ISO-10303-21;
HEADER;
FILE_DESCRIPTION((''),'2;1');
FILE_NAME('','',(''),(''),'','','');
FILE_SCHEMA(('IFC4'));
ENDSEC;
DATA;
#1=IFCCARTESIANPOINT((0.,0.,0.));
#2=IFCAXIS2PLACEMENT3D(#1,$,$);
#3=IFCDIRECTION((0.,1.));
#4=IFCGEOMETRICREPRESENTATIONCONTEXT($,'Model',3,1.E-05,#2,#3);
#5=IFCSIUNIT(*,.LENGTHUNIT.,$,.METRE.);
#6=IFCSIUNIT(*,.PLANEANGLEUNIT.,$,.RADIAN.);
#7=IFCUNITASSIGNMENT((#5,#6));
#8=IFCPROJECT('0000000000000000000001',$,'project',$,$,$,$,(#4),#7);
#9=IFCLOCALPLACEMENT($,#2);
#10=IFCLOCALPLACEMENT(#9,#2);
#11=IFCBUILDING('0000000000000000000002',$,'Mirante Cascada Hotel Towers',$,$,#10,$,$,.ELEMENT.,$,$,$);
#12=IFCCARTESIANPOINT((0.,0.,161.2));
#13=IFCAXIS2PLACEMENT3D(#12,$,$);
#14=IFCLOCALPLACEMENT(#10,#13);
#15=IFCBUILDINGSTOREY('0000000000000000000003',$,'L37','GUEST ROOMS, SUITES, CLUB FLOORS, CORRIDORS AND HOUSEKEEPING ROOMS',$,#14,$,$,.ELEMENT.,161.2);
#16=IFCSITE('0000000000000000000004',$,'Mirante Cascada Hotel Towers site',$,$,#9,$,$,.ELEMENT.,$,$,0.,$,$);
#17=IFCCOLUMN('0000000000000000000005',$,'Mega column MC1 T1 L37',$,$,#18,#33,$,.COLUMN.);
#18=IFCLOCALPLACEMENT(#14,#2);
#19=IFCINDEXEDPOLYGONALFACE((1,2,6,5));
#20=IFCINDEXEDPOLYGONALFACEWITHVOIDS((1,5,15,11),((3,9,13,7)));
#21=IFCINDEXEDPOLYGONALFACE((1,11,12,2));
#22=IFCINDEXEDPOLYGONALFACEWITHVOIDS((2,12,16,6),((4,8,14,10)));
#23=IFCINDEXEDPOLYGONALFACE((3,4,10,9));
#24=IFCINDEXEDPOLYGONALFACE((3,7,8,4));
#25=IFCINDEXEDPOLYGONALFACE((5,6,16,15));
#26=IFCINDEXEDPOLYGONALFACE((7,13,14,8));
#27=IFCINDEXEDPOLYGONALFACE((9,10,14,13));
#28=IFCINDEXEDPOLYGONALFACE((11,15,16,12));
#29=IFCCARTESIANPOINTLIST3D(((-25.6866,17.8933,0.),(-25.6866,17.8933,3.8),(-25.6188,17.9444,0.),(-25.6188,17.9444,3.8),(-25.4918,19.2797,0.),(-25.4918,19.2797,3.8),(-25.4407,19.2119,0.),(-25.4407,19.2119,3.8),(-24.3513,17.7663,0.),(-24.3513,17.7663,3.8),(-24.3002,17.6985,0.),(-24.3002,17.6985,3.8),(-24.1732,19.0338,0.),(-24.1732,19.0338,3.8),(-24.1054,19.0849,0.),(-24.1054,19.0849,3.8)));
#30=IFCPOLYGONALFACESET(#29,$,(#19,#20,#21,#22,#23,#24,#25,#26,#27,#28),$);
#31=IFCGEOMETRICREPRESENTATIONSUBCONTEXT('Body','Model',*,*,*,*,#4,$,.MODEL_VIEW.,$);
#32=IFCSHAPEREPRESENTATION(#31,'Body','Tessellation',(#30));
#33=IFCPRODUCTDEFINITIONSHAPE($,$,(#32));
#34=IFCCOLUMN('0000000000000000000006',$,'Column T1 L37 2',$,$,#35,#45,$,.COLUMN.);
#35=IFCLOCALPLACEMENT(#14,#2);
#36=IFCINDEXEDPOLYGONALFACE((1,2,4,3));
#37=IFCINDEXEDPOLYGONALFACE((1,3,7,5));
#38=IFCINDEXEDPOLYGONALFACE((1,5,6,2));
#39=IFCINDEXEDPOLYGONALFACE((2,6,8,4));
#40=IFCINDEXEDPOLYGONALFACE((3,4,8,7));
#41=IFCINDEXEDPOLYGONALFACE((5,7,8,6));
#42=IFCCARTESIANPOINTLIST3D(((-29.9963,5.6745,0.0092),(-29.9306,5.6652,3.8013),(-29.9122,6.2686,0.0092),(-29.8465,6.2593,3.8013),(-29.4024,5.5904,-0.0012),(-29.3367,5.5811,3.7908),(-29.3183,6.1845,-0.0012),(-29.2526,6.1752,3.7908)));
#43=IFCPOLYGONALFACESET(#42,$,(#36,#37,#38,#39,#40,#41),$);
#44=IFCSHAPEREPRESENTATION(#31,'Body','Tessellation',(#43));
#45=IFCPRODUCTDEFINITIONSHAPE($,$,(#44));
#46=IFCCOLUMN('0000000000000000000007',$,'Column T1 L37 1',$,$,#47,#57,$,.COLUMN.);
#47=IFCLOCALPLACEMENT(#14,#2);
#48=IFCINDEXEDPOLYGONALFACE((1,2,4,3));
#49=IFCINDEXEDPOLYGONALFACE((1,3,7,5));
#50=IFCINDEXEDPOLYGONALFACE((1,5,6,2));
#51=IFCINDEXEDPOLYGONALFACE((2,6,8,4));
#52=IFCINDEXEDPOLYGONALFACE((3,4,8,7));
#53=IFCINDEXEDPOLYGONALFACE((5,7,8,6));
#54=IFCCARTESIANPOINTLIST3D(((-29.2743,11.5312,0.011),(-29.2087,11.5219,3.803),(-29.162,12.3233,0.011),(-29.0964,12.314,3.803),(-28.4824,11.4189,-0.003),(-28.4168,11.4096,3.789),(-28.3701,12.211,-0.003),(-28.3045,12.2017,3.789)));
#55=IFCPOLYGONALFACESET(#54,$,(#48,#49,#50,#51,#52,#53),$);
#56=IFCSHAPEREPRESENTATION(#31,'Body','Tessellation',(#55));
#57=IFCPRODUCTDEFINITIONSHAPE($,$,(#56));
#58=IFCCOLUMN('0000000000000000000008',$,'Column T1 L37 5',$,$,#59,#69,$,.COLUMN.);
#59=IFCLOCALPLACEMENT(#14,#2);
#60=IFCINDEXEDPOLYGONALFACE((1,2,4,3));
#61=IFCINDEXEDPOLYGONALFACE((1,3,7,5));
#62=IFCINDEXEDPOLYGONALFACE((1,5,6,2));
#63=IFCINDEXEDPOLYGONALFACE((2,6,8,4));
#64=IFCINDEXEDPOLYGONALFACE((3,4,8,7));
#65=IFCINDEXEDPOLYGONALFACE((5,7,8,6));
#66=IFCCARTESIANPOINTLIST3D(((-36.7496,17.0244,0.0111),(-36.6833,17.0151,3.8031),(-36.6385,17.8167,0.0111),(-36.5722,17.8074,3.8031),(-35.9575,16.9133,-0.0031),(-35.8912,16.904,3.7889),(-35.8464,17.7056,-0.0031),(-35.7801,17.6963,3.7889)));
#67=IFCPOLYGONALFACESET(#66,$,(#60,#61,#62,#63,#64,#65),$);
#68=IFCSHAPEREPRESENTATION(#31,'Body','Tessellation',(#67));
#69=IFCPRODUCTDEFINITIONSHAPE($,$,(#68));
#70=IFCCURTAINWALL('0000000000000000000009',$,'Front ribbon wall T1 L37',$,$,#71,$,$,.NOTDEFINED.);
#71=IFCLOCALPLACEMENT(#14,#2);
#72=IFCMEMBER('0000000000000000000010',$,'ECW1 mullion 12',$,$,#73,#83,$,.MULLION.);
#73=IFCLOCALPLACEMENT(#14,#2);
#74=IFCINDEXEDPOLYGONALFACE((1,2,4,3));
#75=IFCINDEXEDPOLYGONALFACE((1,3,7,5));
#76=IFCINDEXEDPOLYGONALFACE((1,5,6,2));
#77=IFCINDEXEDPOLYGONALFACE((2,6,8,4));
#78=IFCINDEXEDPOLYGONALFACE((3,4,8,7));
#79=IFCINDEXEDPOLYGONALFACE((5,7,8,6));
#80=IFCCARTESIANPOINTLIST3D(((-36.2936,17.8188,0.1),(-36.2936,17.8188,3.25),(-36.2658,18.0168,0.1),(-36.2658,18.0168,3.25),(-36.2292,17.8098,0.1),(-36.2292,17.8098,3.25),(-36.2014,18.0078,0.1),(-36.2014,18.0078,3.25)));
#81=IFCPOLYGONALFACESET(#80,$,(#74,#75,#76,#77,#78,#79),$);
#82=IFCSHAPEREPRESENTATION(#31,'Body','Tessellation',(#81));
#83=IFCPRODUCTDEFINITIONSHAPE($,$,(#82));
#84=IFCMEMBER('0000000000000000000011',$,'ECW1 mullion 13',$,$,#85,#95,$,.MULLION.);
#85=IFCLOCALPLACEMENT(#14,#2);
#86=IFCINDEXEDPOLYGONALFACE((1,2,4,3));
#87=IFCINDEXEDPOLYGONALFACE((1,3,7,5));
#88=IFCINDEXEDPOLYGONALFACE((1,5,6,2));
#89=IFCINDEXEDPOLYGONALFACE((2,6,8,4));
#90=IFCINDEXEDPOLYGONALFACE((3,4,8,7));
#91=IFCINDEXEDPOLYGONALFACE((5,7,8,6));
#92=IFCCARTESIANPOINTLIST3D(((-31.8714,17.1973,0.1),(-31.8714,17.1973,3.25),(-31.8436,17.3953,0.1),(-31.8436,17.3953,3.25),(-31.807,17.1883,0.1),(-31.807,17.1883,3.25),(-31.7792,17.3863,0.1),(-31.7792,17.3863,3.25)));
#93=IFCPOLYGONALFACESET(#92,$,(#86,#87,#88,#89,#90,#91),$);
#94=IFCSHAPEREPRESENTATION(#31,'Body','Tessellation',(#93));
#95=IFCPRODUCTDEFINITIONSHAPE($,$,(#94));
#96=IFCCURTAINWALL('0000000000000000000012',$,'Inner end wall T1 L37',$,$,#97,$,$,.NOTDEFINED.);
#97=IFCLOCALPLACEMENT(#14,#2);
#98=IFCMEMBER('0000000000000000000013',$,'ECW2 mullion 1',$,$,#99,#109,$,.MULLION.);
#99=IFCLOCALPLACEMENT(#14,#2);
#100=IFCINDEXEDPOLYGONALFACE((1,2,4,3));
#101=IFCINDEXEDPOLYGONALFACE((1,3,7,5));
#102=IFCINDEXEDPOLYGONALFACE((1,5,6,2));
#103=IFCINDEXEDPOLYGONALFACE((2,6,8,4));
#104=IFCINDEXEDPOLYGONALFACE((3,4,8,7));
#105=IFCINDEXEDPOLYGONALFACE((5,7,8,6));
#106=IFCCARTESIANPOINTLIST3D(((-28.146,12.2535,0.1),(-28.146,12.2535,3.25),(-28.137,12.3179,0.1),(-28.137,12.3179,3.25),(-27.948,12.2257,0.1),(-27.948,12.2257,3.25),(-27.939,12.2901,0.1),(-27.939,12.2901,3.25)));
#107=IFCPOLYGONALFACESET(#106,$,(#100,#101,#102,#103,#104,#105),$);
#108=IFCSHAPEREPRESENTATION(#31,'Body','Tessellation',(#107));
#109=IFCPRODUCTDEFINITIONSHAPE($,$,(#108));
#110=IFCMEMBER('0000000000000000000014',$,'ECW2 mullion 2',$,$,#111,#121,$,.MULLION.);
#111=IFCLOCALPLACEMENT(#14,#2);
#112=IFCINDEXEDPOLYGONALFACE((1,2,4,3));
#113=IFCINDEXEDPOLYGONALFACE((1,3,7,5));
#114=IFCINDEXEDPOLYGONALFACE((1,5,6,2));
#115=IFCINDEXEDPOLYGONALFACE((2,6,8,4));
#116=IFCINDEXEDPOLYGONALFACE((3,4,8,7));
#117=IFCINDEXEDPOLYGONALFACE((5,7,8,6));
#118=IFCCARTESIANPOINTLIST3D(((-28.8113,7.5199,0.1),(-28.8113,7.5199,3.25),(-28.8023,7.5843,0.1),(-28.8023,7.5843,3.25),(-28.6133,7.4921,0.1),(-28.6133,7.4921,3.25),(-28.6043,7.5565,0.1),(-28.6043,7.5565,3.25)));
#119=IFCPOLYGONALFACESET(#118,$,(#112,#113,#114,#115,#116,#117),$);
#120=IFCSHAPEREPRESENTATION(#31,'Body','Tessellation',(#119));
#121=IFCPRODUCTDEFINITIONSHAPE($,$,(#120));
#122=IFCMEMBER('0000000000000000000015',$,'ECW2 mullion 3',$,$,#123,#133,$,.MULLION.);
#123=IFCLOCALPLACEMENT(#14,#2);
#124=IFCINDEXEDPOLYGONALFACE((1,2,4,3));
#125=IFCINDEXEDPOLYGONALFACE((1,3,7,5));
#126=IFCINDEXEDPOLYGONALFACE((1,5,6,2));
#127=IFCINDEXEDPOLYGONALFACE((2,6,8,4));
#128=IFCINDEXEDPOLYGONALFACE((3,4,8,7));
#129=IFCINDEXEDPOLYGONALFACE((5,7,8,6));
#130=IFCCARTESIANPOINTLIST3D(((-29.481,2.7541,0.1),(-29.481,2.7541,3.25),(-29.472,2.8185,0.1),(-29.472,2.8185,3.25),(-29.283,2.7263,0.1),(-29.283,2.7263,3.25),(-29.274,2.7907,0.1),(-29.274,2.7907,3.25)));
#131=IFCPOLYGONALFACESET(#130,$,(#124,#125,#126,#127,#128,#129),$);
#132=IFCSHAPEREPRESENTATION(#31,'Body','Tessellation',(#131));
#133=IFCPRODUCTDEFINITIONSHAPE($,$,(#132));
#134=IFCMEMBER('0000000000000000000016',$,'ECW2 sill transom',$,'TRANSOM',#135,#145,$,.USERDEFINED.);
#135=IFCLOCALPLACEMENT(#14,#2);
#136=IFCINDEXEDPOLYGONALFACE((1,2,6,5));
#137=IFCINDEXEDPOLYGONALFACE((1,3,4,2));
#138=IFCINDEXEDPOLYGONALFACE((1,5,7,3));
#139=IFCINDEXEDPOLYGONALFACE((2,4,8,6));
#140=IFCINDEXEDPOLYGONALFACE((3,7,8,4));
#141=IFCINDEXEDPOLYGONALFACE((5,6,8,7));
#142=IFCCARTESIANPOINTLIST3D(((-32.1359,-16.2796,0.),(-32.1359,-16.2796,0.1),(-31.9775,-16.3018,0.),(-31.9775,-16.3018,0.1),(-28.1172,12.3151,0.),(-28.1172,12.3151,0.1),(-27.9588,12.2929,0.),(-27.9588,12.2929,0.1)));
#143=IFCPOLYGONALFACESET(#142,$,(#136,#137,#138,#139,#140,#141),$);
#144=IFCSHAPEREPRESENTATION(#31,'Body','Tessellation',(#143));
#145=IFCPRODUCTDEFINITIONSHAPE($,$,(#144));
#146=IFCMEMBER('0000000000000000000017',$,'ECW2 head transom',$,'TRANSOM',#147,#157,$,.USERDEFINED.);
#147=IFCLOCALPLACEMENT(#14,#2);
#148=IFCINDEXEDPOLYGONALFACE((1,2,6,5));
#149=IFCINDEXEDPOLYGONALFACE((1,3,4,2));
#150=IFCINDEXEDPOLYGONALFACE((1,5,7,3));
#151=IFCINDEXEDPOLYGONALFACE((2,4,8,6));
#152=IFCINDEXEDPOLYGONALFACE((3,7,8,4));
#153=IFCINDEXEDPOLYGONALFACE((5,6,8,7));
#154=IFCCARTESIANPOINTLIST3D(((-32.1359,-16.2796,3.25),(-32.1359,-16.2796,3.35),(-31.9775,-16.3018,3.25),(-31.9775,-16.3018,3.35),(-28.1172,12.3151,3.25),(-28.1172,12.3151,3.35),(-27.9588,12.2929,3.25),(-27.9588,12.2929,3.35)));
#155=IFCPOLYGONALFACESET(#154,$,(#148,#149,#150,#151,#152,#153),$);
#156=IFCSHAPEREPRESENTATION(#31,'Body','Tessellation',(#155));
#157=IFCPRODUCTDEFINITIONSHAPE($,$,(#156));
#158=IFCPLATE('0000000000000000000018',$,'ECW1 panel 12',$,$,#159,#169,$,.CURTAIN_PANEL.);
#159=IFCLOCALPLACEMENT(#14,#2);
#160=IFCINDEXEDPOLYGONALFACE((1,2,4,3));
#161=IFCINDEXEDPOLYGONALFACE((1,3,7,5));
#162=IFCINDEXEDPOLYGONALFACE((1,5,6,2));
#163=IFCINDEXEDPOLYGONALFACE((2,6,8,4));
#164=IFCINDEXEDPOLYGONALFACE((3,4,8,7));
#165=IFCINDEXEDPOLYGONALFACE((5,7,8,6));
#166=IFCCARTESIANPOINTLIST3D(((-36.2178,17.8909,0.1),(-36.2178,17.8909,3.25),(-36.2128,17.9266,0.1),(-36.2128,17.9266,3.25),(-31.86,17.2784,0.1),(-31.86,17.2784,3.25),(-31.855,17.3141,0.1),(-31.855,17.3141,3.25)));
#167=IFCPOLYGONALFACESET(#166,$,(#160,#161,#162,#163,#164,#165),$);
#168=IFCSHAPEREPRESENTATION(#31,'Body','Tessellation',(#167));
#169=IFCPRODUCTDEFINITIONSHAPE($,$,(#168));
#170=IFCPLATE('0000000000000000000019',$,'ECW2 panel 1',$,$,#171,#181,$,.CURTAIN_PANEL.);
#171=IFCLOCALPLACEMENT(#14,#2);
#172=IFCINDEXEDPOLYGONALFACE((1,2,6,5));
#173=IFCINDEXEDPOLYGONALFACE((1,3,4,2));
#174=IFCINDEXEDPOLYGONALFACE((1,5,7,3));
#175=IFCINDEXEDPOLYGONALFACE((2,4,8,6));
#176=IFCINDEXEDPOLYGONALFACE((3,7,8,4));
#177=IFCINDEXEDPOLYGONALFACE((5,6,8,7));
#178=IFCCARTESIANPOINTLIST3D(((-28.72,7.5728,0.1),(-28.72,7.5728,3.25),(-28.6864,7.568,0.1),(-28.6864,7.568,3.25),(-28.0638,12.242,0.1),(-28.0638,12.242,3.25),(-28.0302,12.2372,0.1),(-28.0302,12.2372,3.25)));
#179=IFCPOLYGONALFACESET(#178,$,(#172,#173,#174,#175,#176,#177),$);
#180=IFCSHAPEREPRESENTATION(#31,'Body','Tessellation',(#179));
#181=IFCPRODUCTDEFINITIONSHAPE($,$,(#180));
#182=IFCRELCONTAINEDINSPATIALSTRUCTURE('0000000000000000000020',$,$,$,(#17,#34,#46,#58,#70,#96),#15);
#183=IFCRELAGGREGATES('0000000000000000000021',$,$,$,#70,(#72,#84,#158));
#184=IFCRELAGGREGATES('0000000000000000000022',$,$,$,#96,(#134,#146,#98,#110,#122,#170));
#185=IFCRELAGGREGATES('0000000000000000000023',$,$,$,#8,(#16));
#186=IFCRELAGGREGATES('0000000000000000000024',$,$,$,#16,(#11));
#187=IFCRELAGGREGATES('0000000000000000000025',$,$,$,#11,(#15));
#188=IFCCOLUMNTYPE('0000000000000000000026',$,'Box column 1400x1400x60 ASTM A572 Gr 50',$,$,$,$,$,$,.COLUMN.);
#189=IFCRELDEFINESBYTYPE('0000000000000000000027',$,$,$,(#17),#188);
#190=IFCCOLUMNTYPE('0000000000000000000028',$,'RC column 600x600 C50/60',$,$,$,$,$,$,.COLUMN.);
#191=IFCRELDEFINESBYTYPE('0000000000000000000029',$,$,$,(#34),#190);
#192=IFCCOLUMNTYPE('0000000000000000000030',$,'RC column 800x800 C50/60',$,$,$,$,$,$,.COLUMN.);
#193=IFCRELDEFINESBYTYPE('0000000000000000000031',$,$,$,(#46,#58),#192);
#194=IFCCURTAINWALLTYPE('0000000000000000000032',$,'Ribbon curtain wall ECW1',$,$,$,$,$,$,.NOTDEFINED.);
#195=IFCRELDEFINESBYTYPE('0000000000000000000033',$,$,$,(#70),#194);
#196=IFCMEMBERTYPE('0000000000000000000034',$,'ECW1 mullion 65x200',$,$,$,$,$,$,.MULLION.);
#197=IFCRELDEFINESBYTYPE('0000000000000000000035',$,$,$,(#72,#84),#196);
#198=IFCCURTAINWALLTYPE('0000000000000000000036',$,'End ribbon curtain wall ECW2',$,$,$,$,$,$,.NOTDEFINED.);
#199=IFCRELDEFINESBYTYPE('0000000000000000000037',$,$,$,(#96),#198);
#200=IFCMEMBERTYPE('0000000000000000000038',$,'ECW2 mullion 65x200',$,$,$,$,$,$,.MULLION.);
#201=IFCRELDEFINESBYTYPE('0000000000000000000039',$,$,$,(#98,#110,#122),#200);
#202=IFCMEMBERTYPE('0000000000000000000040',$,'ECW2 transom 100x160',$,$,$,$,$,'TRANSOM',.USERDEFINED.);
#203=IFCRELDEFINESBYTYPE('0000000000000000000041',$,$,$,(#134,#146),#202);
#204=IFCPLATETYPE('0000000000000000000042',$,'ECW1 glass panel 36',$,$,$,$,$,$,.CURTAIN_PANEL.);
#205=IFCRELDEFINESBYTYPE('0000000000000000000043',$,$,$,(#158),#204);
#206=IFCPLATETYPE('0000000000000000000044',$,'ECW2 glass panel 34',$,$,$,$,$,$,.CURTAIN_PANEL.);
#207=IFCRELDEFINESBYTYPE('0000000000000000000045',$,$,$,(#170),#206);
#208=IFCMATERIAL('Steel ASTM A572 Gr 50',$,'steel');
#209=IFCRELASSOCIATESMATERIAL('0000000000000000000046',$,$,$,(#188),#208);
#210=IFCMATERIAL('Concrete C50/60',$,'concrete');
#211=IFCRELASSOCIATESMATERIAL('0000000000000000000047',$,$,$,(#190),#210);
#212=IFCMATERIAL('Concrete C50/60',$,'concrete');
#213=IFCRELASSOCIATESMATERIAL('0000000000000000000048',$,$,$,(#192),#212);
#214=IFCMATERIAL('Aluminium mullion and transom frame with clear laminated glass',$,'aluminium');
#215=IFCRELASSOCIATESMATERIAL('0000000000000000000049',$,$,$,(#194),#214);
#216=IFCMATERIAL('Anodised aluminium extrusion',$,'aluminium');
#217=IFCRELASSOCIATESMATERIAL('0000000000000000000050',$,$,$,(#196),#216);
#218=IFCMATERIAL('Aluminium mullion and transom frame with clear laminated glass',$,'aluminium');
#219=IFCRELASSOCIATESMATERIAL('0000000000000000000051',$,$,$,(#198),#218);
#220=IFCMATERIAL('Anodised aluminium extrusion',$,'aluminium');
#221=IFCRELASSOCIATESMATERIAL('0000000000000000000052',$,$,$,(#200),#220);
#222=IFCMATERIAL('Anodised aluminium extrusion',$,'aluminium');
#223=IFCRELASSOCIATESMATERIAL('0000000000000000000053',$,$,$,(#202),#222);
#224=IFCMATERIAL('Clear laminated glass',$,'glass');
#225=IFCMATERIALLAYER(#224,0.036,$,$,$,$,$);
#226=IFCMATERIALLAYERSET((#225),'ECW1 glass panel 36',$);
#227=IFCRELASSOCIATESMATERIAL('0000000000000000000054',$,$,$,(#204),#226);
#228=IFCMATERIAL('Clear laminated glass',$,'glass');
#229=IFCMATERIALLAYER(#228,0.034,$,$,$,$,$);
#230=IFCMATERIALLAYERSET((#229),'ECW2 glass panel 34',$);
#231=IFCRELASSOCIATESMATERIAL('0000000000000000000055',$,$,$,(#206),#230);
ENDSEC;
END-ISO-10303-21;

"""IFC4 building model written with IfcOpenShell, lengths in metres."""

from ifc_helpers import new_model, si_unit, direction, frame, origin, origin_2d, place, context, subcontext, project, spatial, rectangle, hollow_rectangle, extrude, material, layer, layer_set, material_profile, profile_set, type_object, element, aggregate, save


model = new_model("IFC4")

# Units and contexts
model_context = context("Model", 3, precision=1e-05, world=origin(), true_north=direction((0.0, 1.0)))
body_context = subcontext(model_context, "Body", "Model", "MODEL_VIEW")
ifc_project = project(units=[si_unit("LENGTHUNIT", "METRE"), si_unit("PLANEANGLEUNIT", "RADIAN")], contexts=[model_context])

# Site, building, storey
site_placement = place(None, origin())
site = spatial("IfcSite", under=ifc_project, at=site_placement, Name="Mirante Cascada Hotel Towers site", CompositionType="ELEMENT", RefElevation=0.0)
building_placement = place(site_placement, origin())
building = spatial("IfcBuilding", under=site, at=building_placement, Name="Mirante Cascada Hotel Towers", CompositionType="ELEMENT")
storey_placement = place(building_placement, frame((0.0, 0.0, 161.2)))
storey = spatial("IfcBuildingStorey", under=building, at=storey_placement, Name="L37", Description="GUEST ROOMS, SUITES, CLUB FLOORS, CORRIDORS AND HOUSEKEEPING ROOMS", CompositionType="ELEMENT", Elevation=161.2)

# Columns
ifc_material_1 = material(Name="Steel ASTM A572 Gr 50", Category="steel")
ifc_material_profile_1 = material_profile(ifc_material_1, hollow_rectangle(XDim=1.4, YDim=1.4, WallThickness=0.06, at=origin_2d()), Name="Box column 1400x1400x60 ASTM A572 Gr 50")
ifc_profile_set_1 = profile_set([ifc_material_profile_1], Name="Steel ASTM A572 Gr 50")
column_type_1 = type_object("IfcColumnType", Name="Box column 1400x1400x60 ASTM A572 Gr 50", PredefinedType="COLUMN", material=ifc_profile_set_1)
column_1_placement = place(storey_placement, frame((-24.896, 18.4891, 0.0), z_axis=(0.0, 0.0, 1.0), x_axis=(-0.990268, 0.139173, 0.0)))
element("IfcColumn", 1, at=column_1_placement, inside=storey, type_object=column_type_1, Name="Mega column MC1 T1 L37", PredefinedType="COLUMN", context=body_context, shape_type="SweptSolid", body=[
    extrude(hollow_rectangle(XDim=1.4, YDim=1.4, WallThickness=0.06, at=origin_2d()), origin(), (0.0, 0.0, 1.0), 3.8),
])
ifc_material_2 = material(Name="Concrete C50/60", Category="concrete")
ifc_material_profile_2 = material_profile(ifc_material_2, rectangle(XDim=0.6, YDim=0.6, at=origin_2d()), Name="RC column 600x600 C50/60")
ifc_profile_set_2 = profile_set([ifc_material_profile_2], Name="Concrete C50/60")
column_type_2 = type_object("IfcColumnType", Name="RC column 600x600 C50/60", PredefinedType="COLUMN", material=ifc_profile_set_2)
column_2_placement = place(storey_placement, frame((-29.6573, 5.9295, 0.004), z_axis=(0.017323, -0.002452, 0.999847), x_axis=(0.140155, 0.990129, 0.0)))
element("IfcColumn", 2, at=column_2_placement, inside=storey, type_object=column_type_2, Name="Column T1 L37 2", PredefinedType="COLUMN", context=body_context, shape_type="SweptSolid", body=[
    extrude(rectangle(XDim=0.6, YDim=0.6, at=origin_2d()), origin(), (0.0, 0.0, 1.0), 3.7926),
])
ifc_material_3 = material(Name="Concrete C50/60", Category="concrete")
ifc_material_profile_3 = material_profile(ifc_material_3, rectangle(XDim=0.8, YDim=0.8, at=origin_2d()), Name="RC column 800x800 C50/60")
ifc_profile_set_3 = profile_set([ifc_material_profile_3], Name="Concrete C50/60")
column_type_3 = type_object("IfcColumnType", Name="RC column 800x800 C50/60", PredefinedType="COLUMN", material=ifc_profile_set_3)
for number, where, z_axis, x_axis, name in (
    (3, (-28.8222, 11.8711, 0.004), (0.017297, -0.002452, 0.999847), (0.140365, 0.9901, 0.0), "Column T1 L37 1"),
    (4, (-36.298, 17.365, 0.004), (0.017482, -0.002452, 0.999844), (0.138911, 0.990305, 0.0), "Column T1 L37 5"),
):
    element("IfcColumn", number, at=place(storey_placement, frame(where, z_axis=z_axis, x_axis=x_axis)), inside=storey, type_object=column_type_3, Name=name, PredefinedType="COLUMN", context=body_context, shape_type="SweptSolid", body=[
        extrude(rectangle(XDim=0.8, YDim=0.8, at=origin_2d()), origin(), (0.0, 0.0, 1.0), 3.7926),
    ])

# Curtain walls, members
ifc_material_4 = material(Name="Aluminium mullion and transom frame with clear laminated glass", Category="aluminium")
curtain_wall_type_1 = type_object("IfcCurtainWallType", Name="Ribbon curtain wall ECW1", PredefinedType="NOTDEFINED", material=ifc_material_4)
curtain_wall_1_placement = place(storey_placement, origin())
curtain_wall_1 = element("IfcCurtainWall", 5, at=curtain_wall_1_placement, inside=storey, type_object=curtain_wall_type_1, Name="Front ribbon wall T1 L37", PredefinedType="NOTDEFINED")
ifc_material_5 = material(Name="Anodised aluminium extrusion", Category="aluminium")
ifc_material_profile_4 = material_profile(ifc_material_5, rectangle(XDim=0.2, YDim=0.065, at=origin_2d()), Name="ECW1 MULLION 65x200")
ifc_profile_set_4 = profile_set([ifc_material_profile_4], Name="Anodised aluminium extrusion")
member_type_1 = type_object("IfcMemberType", Name="ECW1 mullion 65x200", PredefinedType="MULLION", material=ifc_profile_set_4)
member_1_placement = place(storey_placement, frame((-36.2475, 17.9133, 0.1), z_axis=(0.0, 0.0, 1.0), x_axis=(0.139173, 0.990268, 0.0)))
member_1 = element("IfcMember", 6, at=member_1_placement, type_object=member_type_1, Name="ECW1 mullion 12", PredefinedType="MULLION", context=body_context, shape_type="SweptSolid", body=[
    extrude(rectangle(XDim=0.2, YDim=0.065, at=origin_2d()), origin(), (0.0, 0.0, 1.0), 3.15),
])
member_2_placement = place(storey_placement, frame((-31.8253, 17.2918, 0.1), z_axis=(0.0, 0.0, 1.0), x_axis=(0.139173, 0.990268, 0.0)))
member_2 = element("IfcMember", 7, at=member_2_placement, type_object=member_type_1, Name="ECW1 mullion 13", PredefinedType="MULLION", context=body_context, shape_type="SweptSolid", body=[
    extrude(rectangle(XDim=0.2, YDim=0.065, at=origin_2d()), origin(), (0.0, 0.0, 1.0), 3.15),
])
ifc_material_6 = material(Name="Aluminium mullion and transom frame with clear laminated glass", Category="aluminium")
curtain_wall_type_2 = type_object("IfcCurtainWallType", Name="End ribbon curtain wall ECW2", PredefinedType="NOTDEFINED", material=ifc_material_6)
curtain_wall_2_placement = place(storey_placement, origin())
curtain_wall_2 = element("IfcCurtainWall", 8, at=curtain_wall_2_placement, inside=storey, type_object=curtain_wall_type_2, Name="Inner end wall T1 L37", PredefinedType="NOTDEFINED")
ifc_material_7 = material(Name="Anodised aluminium extrusion", Category="aluminium")
ifc_material_profile_5 = material_profile(ifc_material_7, rectangle(XDim=0.2, YDim=0.065, at=origin_2d()), Name="ECW2 MULLION 65x200")
ifc_profile_set_5 = profile_set([ifc_material_profile_5], Name="Anodised aluminium extrusion")
member_type_2 = type_object("IfcMemberType", Name="ECW2 mullion 65x200", PredefinedType="MULLION", material=ifc_profile_set_5)
member_3_placement = place(storey_placement, frame((-28.0425, 12.2718, 0.1), z_axis=(0.0, 0.0, 1.0), x_axis=(0.990268, -0.139173, 0.0)))
member_3 = element("IfcMember", 9, at=member_3_placement, type_object=member_type_2, Name="ECW2 mullion 1", PredefinedType="MULLION", context=body_context, shape_type="SweptSolid", body=[
    extrude(rectangle(XDim=0.2, YDim=0.065, at=origin_2d()), origin(), (0.0, 0.0, 1.0), 3.15),
])
member_4_placement = place(storey_placement, frame((-28.7078, 7.5382, 0.1), z_axis=(0.0, 0.0, 1.0), x_axis=(0.990268, -0.139173, 0.0)))
member_4 = element("IfcMember", 10, at=member_4_placement, type_object=member_type_2, Name="ECW2 mullion 2", PredefinedType="MULLION", context=body_context, shape_type="SweptSolid", body=[
    extrude(rectangle(XDim=0.2, YDim=0.065, at=origin_2d()), origin(), (0.0, 0.0, 1.0), 3.15),
])
member_5_placement = place(storey_placement, frame((-29.3775, 2.7724, 0.1), z_axis=(0.0, 0.0, 1.0), x_axis=(0.990268, -0.139173, 0.0)))
member_5 = element("IfcMember", 11, at=member_5_placement, type_object=member_type_2, Name="ECW2 mullion 3", PredefinedType="MULLION", context=body_context, shape_type="SweptSolid", body=[
    extrude(rectangle(XDim=0.2, YDim=0.065, at=origin_2d()), origin(), (0.0, 0.0, 1.0), 3.15),
])
ifc_material_8 = material(Name="Anodised aluminium extrusion", Category="aluminium")
ifc_material_profile_6 = material_profile(ifc_material_8, rectangle(XDim=0.16, YDim=0.1, at=origin_2d()), Name="ECW2 TRANSOM 100x160")
ifc_profile_set_6 = profile_set([ifc_material_profile_6], Name="Anodised aluminium extrusion")
member_type_3 = type_object("IfcMemberType", Name="ECW2 transom 100x160", ElementType="TRANSOM", PredefinedType="USERDEFINED", material=ifc_profile_set_6)
member_6_placement = place(storey_placement, frame((-28.038, 12.304, 0.05), z_axis=(-0.139172, -0.990268, 0.0), x_axis=(0.990268, -0.139172, 0.0)))
member_6 = element("IfcMember", 12, at=member_6_placement, type_object=member_type_3, Name="ECW2 sill transom", ObjectType="TRANSOM", PredefinedType="USERDEFINED", context=body_context, shape_type="SweptSolid", body=[
    extrude(rectangle(XDim=0.16, YDim=0.1, at=origin_2d()), origin(), (0.0, 0.0, 1.0), 28.8757),
])
member_7_placement = place(storey_placement, frame((-28.038, 12.304, 3.3), z_axis=(-0.139172, -0.990268, 0.0), x_axis=(0.990268, -0.139172, 0.0)))
member_7 = element("IfcMember", 13, at=member_7_placement, type_object=member_type_3, Name="ECW2 head transom", ObjectType="TRANSOM", PredefinedType="USERDEFINED", context=body_context, shape_type="SweptSolid", body=[
    extrude(rectangle(XDim=0.16, YDim=0.1, at=origin_2d()), origin(), (0.0, 0.0, 1.0), 28.8757),
])

# Plates
ifc_material_9 = material(Name="Clear laminated glass", Category="glass")
ifc_layer_1 = layer(ifc_material_9, 0.036)
ifc_layer_set_1 = layer_set([ifc_layer_1], Name="ECW1 glass panel 36")
plate_type_1 = type_object("IfcPlateType", Name="ECW1 glass panel 36", PredefinedType="CURTAIN_PANEL", material=ifc_layer_set_1)
plate_1_placement = place(storey_placement, frame((-34.0364, 17.6025, 0.1), z_axis=(0.0, 0.0, 1.0), x_axis=(0.990268, -0.139173, 0.0)))
plate_1 = element("IfcPlate", 14, at=plate_1_placement, type_object=plate_type_1, Name="ECW1 panel 12", PredefinedType="CURTAIN_PANEL", context=body_context, shape_type="SweptSolid", body=[
    extrude(rectangle(XDim=4.4007, YDim=0.036, at=origin_2d()), origin(), (0.0, 0.0, 1.0), 3.15),
])
aggregate(curtain_wall_1, [member_1, member_2, plate_1])
ifc_material_10 = material(Name="Clear laminated glass", Category="glass")
ifc_layer_2 = layer(ifc_material_10, 0.034)
ifc_layer_set_2 = layer_set([ifc_layer_2], Name="ECW2 glass panel 34")
plate_type_2 = type_object("IfcPlateType", Name="ECW2 glass panel 34", PredefinedType="CURTAIN_PANEL", material=ifc_layer_set_2)
plate_2_placement = place(storey_placement, frame((-28.3751, 9.905, 0.1), z_axis=(0.0, 0.0, 1.0), x_axis=(-0.139173, -0.990268, 0.0)))
plate_2 = element("IfcPlate", 15, at=plate_2_placement, type_object=plate_type_2, Name="ECW2 panel 1", PredefinedType="CURTAIN_PANEL", context=body_context, shape_type="SweptSolid", body=[
    extrude(rectangle(XDim=4.7151, YDim=0.034, at=origin_2d()), origin(), (0.0, 0.0, 1.0), 3.15),
])
aggregate(curtain_wall_2, [member_6, member_7, member_3, member_4, member_5, plate_2])

save(model, "model.ifc")
